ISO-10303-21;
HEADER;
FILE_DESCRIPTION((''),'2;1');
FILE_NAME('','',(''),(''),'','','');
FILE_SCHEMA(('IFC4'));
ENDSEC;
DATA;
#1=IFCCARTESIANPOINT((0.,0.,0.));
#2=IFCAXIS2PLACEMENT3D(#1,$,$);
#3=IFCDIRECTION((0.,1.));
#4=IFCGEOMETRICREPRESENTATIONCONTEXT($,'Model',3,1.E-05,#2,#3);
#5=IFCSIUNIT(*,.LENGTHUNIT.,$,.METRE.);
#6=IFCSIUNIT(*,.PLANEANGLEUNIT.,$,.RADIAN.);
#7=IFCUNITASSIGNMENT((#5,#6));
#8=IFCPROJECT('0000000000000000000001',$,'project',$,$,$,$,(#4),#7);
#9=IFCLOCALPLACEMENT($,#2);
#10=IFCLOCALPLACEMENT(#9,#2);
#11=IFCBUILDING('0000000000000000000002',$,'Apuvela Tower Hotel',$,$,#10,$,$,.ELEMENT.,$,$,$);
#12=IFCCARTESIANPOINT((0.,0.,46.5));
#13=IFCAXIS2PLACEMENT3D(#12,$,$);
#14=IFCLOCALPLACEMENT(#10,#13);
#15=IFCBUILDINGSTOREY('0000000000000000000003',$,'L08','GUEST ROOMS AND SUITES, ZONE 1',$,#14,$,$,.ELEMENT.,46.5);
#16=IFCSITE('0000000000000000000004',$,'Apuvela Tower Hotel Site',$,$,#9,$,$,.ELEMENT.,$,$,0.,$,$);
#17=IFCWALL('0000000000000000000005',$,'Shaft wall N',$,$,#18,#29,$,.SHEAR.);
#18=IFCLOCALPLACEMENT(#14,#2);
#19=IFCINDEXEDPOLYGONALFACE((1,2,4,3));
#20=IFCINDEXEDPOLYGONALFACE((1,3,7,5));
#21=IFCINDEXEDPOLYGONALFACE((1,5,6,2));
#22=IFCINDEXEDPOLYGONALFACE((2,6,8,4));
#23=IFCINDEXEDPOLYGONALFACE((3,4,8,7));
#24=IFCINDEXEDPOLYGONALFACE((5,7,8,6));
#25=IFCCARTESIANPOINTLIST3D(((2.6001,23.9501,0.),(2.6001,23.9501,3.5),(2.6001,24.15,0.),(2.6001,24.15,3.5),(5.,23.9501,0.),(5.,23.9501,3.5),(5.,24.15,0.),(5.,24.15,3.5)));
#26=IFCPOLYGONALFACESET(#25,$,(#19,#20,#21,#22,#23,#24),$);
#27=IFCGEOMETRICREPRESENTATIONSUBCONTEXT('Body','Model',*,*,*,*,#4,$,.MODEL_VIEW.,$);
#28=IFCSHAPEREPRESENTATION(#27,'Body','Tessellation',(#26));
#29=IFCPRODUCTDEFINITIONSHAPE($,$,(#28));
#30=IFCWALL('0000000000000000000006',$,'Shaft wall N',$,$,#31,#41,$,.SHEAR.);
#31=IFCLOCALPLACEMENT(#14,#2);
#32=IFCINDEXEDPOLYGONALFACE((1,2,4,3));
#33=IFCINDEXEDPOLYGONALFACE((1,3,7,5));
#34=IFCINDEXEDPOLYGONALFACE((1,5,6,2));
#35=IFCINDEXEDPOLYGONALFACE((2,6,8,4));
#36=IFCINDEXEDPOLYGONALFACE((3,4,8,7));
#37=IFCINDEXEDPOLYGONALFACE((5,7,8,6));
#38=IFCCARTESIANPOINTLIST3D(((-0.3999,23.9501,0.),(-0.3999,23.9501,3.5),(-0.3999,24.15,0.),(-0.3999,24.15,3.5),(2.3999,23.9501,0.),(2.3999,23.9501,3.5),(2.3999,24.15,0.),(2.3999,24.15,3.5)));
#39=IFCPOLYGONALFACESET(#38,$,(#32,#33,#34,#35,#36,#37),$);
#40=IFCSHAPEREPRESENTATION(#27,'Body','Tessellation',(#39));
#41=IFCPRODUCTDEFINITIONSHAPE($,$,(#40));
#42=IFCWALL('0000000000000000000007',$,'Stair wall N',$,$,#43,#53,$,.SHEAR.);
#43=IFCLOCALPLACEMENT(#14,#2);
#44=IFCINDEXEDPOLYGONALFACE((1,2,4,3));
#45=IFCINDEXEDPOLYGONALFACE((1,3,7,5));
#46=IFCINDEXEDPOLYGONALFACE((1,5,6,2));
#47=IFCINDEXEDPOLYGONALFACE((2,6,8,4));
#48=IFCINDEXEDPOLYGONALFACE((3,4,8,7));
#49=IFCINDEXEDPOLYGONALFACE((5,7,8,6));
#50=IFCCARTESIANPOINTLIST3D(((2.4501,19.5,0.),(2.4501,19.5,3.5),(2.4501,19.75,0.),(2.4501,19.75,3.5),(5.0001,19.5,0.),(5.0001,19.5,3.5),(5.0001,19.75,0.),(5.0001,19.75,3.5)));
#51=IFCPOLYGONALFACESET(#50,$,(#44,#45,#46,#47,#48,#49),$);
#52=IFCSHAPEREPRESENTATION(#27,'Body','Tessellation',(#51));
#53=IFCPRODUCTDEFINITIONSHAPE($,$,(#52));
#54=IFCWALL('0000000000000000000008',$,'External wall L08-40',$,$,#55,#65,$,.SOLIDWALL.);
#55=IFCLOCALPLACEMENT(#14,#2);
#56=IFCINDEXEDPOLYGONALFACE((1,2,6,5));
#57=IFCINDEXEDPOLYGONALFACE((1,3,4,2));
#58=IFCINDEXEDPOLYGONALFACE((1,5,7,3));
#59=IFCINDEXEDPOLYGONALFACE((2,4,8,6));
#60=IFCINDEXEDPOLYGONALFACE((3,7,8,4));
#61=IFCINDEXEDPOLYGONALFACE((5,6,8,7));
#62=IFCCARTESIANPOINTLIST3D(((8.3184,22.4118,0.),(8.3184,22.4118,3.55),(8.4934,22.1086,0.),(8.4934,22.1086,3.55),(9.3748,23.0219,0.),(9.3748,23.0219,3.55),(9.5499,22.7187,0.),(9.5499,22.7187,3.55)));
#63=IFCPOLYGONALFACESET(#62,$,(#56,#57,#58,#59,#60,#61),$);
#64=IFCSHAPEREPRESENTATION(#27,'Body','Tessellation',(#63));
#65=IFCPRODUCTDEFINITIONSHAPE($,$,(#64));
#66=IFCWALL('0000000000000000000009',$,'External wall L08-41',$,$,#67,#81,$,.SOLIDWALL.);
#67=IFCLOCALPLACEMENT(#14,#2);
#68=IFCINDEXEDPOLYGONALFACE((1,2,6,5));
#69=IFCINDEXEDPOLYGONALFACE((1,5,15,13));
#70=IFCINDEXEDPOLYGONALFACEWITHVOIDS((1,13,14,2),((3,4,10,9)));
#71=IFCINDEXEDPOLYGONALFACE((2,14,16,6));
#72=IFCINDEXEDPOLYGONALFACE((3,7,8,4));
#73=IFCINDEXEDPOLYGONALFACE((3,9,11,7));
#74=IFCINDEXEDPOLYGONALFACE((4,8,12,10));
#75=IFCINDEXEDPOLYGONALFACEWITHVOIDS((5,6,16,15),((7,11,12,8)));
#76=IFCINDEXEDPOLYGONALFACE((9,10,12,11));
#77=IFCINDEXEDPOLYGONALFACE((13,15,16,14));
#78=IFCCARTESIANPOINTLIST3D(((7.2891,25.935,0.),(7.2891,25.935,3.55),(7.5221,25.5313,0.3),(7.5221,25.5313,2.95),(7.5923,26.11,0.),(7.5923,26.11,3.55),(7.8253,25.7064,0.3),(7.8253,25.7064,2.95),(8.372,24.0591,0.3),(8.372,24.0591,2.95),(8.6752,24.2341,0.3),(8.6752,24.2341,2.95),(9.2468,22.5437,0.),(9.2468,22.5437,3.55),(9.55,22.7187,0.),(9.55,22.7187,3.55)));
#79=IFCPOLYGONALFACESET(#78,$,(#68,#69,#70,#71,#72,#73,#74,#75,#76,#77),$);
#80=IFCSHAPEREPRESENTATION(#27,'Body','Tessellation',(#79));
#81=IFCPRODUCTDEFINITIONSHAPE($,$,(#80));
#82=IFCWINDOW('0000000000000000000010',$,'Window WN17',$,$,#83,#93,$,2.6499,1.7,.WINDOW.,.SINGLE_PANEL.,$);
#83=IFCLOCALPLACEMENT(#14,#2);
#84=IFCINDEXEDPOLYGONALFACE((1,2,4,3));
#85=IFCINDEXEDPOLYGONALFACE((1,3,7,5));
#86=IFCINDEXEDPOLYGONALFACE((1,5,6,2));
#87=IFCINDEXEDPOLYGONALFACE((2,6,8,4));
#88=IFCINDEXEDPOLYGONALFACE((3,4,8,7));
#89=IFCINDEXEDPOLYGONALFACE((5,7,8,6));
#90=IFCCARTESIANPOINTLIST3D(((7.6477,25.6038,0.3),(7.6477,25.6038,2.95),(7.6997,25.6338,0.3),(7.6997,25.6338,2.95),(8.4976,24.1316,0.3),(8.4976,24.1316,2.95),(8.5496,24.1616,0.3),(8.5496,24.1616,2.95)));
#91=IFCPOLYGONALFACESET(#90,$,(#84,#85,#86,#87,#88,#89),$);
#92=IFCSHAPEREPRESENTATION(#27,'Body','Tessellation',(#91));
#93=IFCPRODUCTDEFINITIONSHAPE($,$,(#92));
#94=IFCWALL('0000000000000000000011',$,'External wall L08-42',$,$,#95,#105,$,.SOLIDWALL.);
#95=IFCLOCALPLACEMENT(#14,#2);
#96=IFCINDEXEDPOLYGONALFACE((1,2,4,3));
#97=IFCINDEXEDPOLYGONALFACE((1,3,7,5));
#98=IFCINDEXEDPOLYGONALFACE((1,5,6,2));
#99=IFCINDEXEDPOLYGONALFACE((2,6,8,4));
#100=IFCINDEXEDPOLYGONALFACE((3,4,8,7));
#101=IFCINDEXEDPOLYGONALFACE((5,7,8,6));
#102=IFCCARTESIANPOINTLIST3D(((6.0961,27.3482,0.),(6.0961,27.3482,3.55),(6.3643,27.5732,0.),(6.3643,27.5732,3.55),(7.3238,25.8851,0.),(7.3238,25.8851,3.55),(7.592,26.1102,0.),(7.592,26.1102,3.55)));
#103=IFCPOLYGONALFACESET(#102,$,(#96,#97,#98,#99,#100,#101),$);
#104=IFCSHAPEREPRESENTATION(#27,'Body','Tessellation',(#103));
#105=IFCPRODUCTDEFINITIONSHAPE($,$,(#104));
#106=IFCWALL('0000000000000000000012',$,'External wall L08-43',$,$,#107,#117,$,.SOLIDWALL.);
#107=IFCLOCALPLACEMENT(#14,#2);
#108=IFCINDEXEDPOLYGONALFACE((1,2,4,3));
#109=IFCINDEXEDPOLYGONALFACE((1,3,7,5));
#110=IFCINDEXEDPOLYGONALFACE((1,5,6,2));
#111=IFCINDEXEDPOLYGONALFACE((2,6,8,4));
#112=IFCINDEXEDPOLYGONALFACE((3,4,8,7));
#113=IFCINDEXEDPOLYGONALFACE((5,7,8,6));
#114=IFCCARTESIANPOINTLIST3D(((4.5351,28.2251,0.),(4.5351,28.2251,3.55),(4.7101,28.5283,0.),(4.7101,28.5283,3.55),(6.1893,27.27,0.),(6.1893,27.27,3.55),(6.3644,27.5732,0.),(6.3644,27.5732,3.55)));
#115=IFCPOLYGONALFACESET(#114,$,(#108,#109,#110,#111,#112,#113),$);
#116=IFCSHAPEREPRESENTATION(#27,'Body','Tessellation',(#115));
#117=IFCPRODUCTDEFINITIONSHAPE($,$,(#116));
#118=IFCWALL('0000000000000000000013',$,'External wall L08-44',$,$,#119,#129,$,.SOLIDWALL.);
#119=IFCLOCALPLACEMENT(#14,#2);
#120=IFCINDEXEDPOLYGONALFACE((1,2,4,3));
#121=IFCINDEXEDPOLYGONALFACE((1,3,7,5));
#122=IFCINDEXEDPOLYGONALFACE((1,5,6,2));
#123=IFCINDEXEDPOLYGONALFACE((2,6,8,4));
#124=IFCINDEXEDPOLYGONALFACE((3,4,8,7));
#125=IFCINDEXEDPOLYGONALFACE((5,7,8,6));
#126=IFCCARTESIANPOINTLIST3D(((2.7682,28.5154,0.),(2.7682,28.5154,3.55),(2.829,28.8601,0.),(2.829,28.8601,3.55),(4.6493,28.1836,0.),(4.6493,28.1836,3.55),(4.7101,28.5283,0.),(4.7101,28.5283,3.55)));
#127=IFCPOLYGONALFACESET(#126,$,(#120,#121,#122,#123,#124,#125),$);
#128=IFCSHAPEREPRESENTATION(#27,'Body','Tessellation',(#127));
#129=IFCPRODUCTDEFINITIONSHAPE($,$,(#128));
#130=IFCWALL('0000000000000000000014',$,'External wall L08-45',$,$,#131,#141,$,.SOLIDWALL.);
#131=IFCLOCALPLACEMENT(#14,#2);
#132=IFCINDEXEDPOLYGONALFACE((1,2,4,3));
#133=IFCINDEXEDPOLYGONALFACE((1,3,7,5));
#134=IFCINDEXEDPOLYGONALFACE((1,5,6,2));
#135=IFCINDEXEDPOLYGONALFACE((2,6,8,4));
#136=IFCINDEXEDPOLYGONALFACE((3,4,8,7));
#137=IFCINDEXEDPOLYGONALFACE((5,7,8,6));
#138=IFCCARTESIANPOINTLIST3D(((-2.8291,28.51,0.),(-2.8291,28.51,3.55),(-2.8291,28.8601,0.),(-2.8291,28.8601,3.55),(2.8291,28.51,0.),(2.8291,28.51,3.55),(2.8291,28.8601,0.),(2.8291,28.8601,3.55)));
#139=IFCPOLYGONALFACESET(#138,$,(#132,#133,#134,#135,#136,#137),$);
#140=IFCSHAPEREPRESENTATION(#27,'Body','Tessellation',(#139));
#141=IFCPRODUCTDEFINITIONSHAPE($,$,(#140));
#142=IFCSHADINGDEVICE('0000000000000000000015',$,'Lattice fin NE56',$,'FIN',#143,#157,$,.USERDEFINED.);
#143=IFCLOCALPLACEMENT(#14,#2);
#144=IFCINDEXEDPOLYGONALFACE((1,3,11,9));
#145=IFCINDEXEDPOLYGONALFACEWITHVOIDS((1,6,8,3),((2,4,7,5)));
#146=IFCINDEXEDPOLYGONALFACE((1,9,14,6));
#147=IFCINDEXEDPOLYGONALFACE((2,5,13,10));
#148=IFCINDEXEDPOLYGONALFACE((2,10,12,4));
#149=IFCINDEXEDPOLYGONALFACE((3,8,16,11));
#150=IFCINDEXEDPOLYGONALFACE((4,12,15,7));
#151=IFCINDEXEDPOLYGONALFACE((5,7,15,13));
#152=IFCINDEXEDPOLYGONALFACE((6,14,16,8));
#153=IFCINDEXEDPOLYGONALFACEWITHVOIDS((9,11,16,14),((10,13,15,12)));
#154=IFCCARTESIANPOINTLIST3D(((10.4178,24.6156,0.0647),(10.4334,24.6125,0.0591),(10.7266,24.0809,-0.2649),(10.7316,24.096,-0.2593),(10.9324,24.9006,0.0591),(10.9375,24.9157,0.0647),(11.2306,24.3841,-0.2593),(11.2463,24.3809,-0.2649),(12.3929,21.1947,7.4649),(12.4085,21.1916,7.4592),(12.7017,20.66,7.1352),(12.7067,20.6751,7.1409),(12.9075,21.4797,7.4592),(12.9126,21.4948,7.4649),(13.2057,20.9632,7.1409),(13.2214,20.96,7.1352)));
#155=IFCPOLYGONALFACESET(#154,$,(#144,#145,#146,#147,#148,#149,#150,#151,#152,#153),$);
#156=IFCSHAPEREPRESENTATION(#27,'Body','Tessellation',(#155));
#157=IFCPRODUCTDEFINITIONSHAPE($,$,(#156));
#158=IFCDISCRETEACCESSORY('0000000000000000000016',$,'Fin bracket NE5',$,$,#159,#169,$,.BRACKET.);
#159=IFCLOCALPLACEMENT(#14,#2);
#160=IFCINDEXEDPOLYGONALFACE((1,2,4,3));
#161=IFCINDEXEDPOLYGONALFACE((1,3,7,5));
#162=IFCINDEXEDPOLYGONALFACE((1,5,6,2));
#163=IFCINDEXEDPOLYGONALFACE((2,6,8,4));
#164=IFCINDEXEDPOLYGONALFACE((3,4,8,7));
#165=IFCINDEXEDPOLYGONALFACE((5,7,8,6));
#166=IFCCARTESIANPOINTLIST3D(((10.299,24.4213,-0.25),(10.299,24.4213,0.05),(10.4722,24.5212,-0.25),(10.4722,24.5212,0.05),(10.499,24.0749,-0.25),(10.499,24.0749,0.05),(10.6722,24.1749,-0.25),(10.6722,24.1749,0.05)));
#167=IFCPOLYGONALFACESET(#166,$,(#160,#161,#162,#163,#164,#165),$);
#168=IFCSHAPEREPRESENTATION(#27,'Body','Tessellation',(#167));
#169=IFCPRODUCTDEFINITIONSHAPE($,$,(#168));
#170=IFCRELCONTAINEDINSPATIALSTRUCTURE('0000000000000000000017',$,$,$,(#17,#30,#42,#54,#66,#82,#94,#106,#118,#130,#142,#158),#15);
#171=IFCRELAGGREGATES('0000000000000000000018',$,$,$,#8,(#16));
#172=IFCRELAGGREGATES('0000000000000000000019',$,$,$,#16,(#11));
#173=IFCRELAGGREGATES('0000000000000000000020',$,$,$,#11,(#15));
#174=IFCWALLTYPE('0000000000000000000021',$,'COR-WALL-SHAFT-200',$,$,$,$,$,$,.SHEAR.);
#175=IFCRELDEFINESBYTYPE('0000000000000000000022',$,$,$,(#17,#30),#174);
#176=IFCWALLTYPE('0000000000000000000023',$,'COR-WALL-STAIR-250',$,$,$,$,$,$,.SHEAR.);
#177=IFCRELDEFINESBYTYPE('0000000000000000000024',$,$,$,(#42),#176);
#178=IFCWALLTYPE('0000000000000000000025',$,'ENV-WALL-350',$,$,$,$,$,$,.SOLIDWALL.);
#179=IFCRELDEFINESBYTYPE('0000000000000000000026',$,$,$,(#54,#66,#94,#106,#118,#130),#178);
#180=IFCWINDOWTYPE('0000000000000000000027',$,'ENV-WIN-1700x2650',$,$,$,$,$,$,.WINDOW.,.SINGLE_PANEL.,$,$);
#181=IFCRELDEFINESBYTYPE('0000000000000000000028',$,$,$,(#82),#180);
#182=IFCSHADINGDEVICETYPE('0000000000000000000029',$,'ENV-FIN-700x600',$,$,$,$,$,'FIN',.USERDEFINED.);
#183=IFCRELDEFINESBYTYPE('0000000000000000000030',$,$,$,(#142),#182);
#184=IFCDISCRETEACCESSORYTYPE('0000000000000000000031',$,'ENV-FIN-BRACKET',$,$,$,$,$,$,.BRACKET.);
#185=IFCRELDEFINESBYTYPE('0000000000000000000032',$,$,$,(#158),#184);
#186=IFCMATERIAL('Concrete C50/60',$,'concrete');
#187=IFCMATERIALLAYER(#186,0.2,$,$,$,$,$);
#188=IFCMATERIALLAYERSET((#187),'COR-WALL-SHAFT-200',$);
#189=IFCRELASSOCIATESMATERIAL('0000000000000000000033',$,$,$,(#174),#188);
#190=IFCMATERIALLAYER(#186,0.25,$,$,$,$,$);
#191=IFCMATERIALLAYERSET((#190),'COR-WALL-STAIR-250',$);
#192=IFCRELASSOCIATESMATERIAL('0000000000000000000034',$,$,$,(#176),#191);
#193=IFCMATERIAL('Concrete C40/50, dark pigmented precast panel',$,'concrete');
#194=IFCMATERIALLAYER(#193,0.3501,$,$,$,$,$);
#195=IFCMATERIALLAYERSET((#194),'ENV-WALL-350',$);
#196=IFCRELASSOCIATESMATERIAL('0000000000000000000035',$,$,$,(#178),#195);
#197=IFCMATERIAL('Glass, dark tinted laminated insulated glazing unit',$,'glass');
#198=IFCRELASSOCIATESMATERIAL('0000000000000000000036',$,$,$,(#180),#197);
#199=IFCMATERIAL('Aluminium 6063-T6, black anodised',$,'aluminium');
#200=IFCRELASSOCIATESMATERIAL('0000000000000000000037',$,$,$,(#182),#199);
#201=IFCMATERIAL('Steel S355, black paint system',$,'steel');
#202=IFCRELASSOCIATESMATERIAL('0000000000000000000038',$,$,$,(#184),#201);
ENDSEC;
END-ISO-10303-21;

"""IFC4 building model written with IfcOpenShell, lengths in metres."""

from ifc_helpers import new_model, si_unit, direction, frame, frame_2d, origin, origin_2d, place, context, subcontext, project, spatial, rectangle, hollow_rectangle, extrude, material, layer, layer_set, material_profile, profile_set, type_object, element, fill, save


model = new_model("IFC4")

# Units and contexts
model_context = context("Model", 3, precision=1e-05, world=origin(), true_north=direction((0.0, 1.0)))
body_context = subcontext(model_context, "Body", "Model", "MODEL_VIEW")
ifc_project = project(units=[si_unit("LENGTHUNIT", "METRE"), si_unit("PLANEANGLEUNIT", "RADIAN")], contexts=[model_context])

# Site, building, storey
site_placement = place(None, origin())
site = spatial("IfcSite", under=ifc_project, at=site_placement, Name="Apuvela Tower Hotel Site", CompositionType="ELEMENT", RefElevation=0.0)
building_placement = place(site_placement, origin())
building = spatial("IfcBuilding", under=site, at=building_placement, Name="Apuvela Tower Hotel", CompositionType="ELEMENT")
storey_placement = place(building_placement, frame((0.0, 0.0, 46.5)))
storey = spatial("IfcBuildingStorey", under=building, at=storey_placement, Name="L08", Description="GUEST ROOMS AND SUITES, ZONE 1", CompositionType="ELEMENT", Elevation=46.5)

# Walls
ifc_material_1 = material(Name="Concrete C50/60", Category="concrete")
ifc_layer_1 = layer(ifc_material_1, 0.2)
ifc_layer_set_1 = layer_set([ifc_layer_1], Name="COR-WALL-SHAFT-200")
wall_type_1 = type_object("IfcWallType", Name="COR-WALL-SHAFT-200", PredefinedType="SHEAR", material=ifc_layer_set_1)
wall_1_placement = place(storey_placement, frame((5.0, 24.05, 0.0), z_axis=(0.0, 0.0, 1.0), x_axis=(-1.0, 0.0, 0.0)))
element("IfcWall", 1, at=wall_1_placement, inside=storey, type_object=wall_type_1, Name="Shaft wall N", PredefinedType="SHEAR", context=body_context, shape_type="SweptSolid", body=[
    extrude(rectangle(XDim=2.3999, YDim=0.2, at=frame_2d((1.2, 0.0))), origin(), (0.0, 0.0, 1.0), 3.5),
])
wall_2_placement = place(storey_placement, frame((2.3999, 24.05, 0.0), z_axis=(0.0, 0.0, 1.0), x_axis=(-1.0, 0.0, 0.0)))
element("IfcWall", 2, at=wall_2_placement, inside=storey, type_object=wall_type_1, Name="Shaft wall N", PredefinedType="SHEAR", context=body_context, shape_type="SweptSolid", body=[
    extrude(rectangle(XDim=2.7998, YDim=0.2, at=frame_2d((1.3999, 0.0))), origin(), (0.0, 0.0, 1.0), 3.5),
])
ifc_layer_2 = layer(ifc_material_1, 0.25)
ifc_layer_set_2 = layer_set([ifc_layer_2], Name="COR-WALL-STAIR-250")
wall_type_2 = type_object("IfcWallType", Name="COR-WALL-STAIR-250", PredefinedType="SHEAR", material=ifc_layer_set_2)
wall_3_placement = place(storey_placement, frame((5.0, 19.625, 0.0), z_axis=(0.0, 0.0, 1.0), x_axis=(-1.0, 0.0, 0.0)))
element("IfcWall", 3, at=wall_3_placement, inside=storey, type_object=wall_type_2, Name="Stair wall N", PredefinedType="SHEAR", context=body_context, shape_type="SweptSolid", body=[
    extrude(rectangle(XDim=2.55, YDim=0.25, at=frame_2d((1.2749, 0.0))), origin(), (0.0, 0.0, 1.0), 3.5),
])
ifc_material_2 = material(Name="Concrete C40/50, dark pigmented precast panel", Category="concrete")
ifc_layer_3 = layer(ifc_material_2, 0.3501)
ifc_layer_set_3 = layer_set([ifc_layer_3], Name="ENV-WALL-350")
wall_type_3 = type_object("IfcWallType", Name="ENV-WALL-350", PredefinedType="SOLIDWALL", material=ifc_layer_set_3)
wall_4_placement = place(storey_placement, frame((8.406, 22.2603, 0.0), z_axis=(0.0, 0.0, 1.0), x_axis=(0.865956, 0.500121, 0.0)))
element("IfcWall", 4, at=wall_4_placement, inside=storey, type_object=wall_type_3, Name="External wall L08-40", PredefinedType="SOLIDWALL", context=body_context, shape_type="SweptSolid", body=[
    extrude(rectangle(XDim=1.22, YDim=0.3501, at=frame_2d((0.6099, 0.0))), origin(), (0.0, 0.0, 1.0), 3.55),
])

# Wall, opening, window
wall_5_placement = place(storey_placement, frame((9.3984, 22.6311, 0.0), z_axis=(0.0, 0.0, 1.0), x_axis=(-0.499955, 0.866052, 0.0)))
wall_5 = element("IfcWall", 5, at=wall_5_placement, inside=storey, type_object=wall_type_3, Name="External wall L08-41", PredefinedType="SOLIDWALL", context=body_context, shape_type="SweptSolid", body=[
    extrude(rectangle(XDim=3.9158, YDim=0.3501, at=frame_2d((1.958, 0.0))), origin(), (0.0, 0.0, 1.0), 3.55),
])
opening_placement = place(wall_5_placement, frame((1.7498, 0.0, 0.3)))
opening = element("IfcOpeningElement", 6, at=opening_placement, cuts=wall_5, PredefinedType="OPENING", context=body_context, shape_type="SweptSolid", body=[
    extrude(rectangle(XDim=1.7, YDim=2.6499, at=frame_2d((0.8501, 1.325))), frame((0.0, 0.1851, 0.0), z_axis=(0.0, -1.0, 0.0), x_axis=(1.0, 0.0, 0.0)), (0.0, 0.0, 1.0), 0.3701),
])
ifc_material_3 = material(Name="Glass, dark tinted laminated insulated glazing unit", Category="glass")
window_type = type_object("IfcWindowType", Name="ENV-WIN-1700x2650", PartitioningType="SINGLE_PANEL", PredefinedType="WINDOW", material=ifc_material_3)
window_placement = place(opening_placement, origin())
window = element("IfcWindow", 7, at=window_placement, inside=storey, type_object=window_type, Name="Window WN17", OverallHeight=2.6499, OverallWidth=1.7, PartitioningType="SINGLE_PANEL", PredefinedType="WINDOW", context=body_context, shape_type="SweptSolid", body=[
    extrude(rectangle(XDim=1.7, YDim=2.6499, at=frame_2d((0.8501, 1.325))), frame((0.0, 0.03, 0.0), z_axis=(0.0, -1.0, 0.0), x_axis=(1.0, 0.0, 0.0)), (0.0, 0.0, 1.0), 0.0601),
])
fill(opening, window)

# Walls
wall_6_placement = place(storey_placement, frame((7.458, 25.9976, 0.0), z_axis=(0.0, 0.0, 1.0), x_axis=(-0.642808, 0.766027, 0.0)))
element("IfcWall", 8, at=wall_6_placement, inside=storey, type_object=wall_type_3, Name="External wall L08-42", PredefinedType="SOLIDWALL", context=body_context, shape_type="SweptSolid", body=[
    extrude(rectangle(XDim=1.9099, YDim=0.3501, at=frame_2d((0.9551, 0.0))), origin(), (0.0, 0.0, 1.0), 3.55),
])
for number, where, z_axis, x_axis, name in (
    (9, (6.2769, 27.4216, 0.0), (0.0, 0.0, 1.0), (-0.866032, 0.499988, 0.0), "External wall L08-43"),
    (10, (4.6797, 28.356, 0.0), (0.0, 0.0, 1.0), (-0.984799, 0.173698, 0.0), "External wall L08-44"),
):
    element("IfcWall", number, at=place(storey_placement, frame(where, z_axis=z_axis, x_axis=x_axis)), inside=storey, type_object=wall_type_3, Name=name, PredefinedType="SOLIDWALL", context=body_context, shape_type="SweptSolid", body=[
        extrude(rectangle(XDim=1.9102, YDim=0.3501, at=frame_2d((0.9551, 0.0))), origin(), (0.0, 0.0, 1.0), 3.55),
    ])
wall_7_placement = place(storey_placement, frame((2.8291, 28.6851, 0.0), z_axis=(0.0, 0.0, 1.0), x_axis=(-1.0, 0.0, 0.0)))
element("IfcWall", 11, at=wall_7_placement, inside=storey, type_object=wall_type_3, Name="External wall L08-45", PredefinedType="SOLIDWALL", context=body_context, shape_type="SweptSolid", body=[
    extrude(rectangle(XDim=5.6582, YDim=0.3501, at=frame_2d((2.8291, 0.0))), origin(), (0.0, 0.0, 1.0), 3.55),
])

# Shading device
ifc_material_4 = material(Name="Aluminium 6063-T6, black anodised", Category="aluminium")
ifc_material_profile_1 = material_profile(ifc_material_4, hollow_rectangle(XDim=0.6001, YDim=0.7, WallThickness=0.012, at=origin_2d()), Name="AL BOX 700x600x12")
ifc_profile_set_1 = profile_set([ifc_material_profile_1], Name="Aluminium 6063-T6, black anodised")
shading_device_type = type_object("IfcShadingDeviceType", Name="ENV-FIN-700x600", ElementType="FIN", PredefinedType="USERDEFINED", material=ifc_profile_set_1)
shading_device_placement = place(storey_placement, frame((10.832, 24.4983, -0.1001), z_axis=(0.235455, -0.407812, 0.882185), x_axis=(0.866021, 0.500008, 0.0)))
element("IfcShadingDevice", 12, at=shading_device_placement, inside=storey, type_object=shading_device_type, Name="Lattice fin NE56", ObjectType="FIN", PredefinedType="USERDEFINED", context=body_context, shape_type="SweptSolid", body=[
    extrude(hollow_rectangle(XDim=0.6001, YDim=0.7, WallThickness=0.012, at=origin_2d()), origin(), (0.0, 0.0, 1.0), 8.3884),
])

# Discrete accessory
ifc_material_5 = material(Name="Steel S355, black paint system", Category="steel")
discrete_accessory_type = type_object("IfcDiscreteAccessoryType", Name="ENV-FIN-BRACKET", PredefinedType="BRACKET", material=ifc_material_5)
discrete_accessory_placement = place(storey_placement, frame((10.4856, 24.2981, -0.25), z_axis=(0.0, 0.0, 1.0), x_axis=(-0.5, 0.866025, 0.0)))
element("IfcDiscreteAccessory", 13, at=discrete_accessory_placement, inside=storey, type_object=discrete_accessory_type, Name="Fin bracket NE5", PredefinedType="BRACKET", context=body_context, shape_type="SweptSolid", body=[
    extrude(rectangle(XDim=0.3999, YDim=0.2, at=origin_2d()), origin(), (0.0, 0.0, 1.0), 0.3),
])

save(model, "model.ifc")
